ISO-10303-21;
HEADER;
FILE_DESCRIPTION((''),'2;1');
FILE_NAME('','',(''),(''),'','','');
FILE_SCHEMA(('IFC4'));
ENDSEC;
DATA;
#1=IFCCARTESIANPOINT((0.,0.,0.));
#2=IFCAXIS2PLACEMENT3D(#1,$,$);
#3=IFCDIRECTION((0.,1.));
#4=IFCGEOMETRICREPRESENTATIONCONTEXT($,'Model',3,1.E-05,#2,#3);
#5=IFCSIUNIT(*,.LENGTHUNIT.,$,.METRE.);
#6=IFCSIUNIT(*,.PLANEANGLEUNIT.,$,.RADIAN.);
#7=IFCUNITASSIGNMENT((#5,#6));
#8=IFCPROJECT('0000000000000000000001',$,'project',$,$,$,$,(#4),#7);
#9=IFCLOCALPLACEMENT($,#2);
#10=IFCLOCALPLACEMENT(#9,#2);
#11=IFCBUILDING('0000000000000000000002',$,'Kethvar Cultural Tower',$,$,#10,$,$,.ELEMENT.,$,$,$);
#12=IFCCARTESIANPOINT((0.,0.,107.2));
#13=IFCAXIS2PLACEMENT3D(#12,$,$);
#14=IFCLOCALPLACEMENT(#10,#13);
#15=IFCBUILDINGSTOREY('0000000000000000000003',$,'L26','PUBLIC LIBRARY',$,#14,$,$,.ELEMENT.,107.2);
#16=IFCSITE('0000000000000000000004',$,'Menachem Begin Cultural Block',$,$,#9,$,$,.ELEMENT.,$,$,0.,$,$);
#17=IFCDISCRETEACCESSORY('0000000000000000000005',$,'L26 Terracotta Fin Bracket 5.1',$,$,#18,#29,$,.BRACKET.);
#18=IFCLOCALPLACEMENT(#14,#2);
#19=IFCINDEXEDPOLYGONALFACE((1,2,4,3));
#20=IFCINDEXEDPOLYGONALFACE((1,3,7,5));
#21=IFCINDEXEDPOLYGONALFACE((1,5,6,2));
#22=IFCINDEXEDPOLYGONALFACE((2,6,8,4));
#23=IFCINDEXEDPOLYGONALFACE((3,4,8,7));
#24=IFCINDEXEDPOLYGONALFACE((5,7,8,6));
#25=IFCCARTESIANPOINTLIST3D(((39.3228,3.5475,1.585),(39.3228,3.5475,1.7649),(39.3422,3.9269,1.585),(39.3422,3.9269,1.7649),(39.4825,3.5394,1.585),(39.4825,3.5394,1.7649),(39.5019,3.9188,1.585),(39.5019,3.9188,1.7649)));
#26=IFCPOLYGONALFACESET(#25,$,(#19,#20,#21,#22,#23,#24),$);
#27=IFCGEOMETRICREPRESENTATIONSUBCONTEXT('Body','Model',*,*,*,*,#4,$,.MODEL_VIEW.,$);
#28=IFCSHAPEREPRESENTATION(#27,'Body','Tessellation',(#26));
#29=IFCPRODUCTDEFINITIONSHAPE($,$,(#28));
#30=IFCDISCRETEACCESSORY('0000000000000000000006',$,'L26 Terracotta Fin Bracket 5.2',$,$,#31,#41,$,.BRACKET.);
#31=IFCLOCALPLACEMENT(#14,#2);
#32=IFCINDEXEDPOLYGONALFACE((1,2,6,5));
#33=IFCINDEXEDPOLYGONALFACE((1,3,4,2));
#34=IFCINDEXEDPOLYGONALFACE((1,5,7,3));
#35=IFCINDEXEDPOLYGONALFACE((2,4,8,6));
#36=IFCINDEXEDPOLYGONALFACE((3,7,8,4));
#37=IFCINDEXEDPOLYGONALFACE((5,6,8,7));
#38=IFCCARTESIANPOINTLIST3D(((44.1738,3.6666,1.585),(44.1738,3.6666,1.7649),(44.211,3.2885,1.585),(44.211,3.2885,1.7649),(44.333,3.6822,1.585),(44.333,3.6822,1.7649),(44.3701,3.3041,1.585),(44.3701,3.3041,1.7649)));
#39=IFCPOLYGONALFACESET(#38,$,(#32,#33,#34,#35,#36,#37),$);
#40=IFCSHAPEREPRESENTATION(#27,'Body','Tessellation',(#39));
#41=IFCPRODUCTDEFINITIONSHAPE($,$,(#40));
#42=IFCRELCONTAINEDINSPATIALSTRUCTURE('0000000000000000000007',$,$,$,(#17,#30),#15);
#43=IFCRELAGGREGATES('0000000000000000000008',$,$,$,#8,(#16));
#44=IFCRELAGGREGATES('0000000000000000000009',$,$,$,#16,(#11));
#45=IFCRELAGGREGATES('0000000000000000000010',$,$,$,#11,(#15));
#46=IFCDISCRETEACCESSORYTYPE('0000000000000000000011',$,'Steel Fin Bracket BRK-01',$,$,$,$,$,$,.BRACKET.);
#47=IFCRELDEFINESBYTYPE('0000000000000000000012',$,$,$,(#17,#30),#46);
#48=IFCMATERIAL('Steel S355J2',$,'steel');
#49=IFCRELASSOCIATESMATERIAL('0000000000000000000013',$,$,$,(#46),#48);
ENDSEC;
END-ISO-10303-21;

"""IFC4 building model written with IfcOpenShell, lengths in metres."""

from ifc_helpers import new_model, si_unit, direction, frame, origin, origin_2d, place, context, subcontext, project, spatial, rectangle, extrude, source, transform, mapped, material, type_object, element, save


model = new_model("IFC4")

# Units and contexts
model_context = context("Model", 3, precision=1e-05, world=origin(), true_north=direction((0.0, 1.0)))
body_context = subcontext(model_context, "Body", "Model", "MODEL_VIEW")
ifc_project = project(units=[si_unit("LENGTHUNIT", "METRE"), si_unit("PLANEANGLEUNIT", "RADIAN")], contexts=[model_context])

# Site, building, storey
site_placement = place(None, origin())
site = spatial("IfcSite", under=ifc_project, at=site_placement, Name="Menachem Begin Cultural Block", CompositionType="ELEMENT", RefElevation=0.0)
building_placement = place(site_placement, origin())
building = spatial("IfcBuilding", under=site, at=building_placement, Name="Kethvar Cultural Tower", CompositionType="ELEMENT")
storey_placement = place(building_placement, frame((0.0, 0.0, 107.2)))
storey = spatial("IfcBuildingStorey", under=building, at=storey_placement, Name="L26", Description="PUBLIC LIBRARY", CompositionType="ELEMENT", Elevation=107.2)

# Shared definitions
ifc_material_1 = material(Name="Steel S355J2", Category="steel")

# Discrete accessories
discrete_accessory_type = type_object("IfcDiscreteAccessoryType", Name="Steel Fin Bracket BRK-01", PredefinedType="BRACKET", material=ifc_material_1)
shared_shape_1 = source(origin(), body_context, "Body", "SweptSolid", [
    extrude(rectangle(XDim=0.3799, YDim=0.1599, at=origin_2d()), origin(), (0.0, 0.0, 1.0), 0.1799),
])
for number, where, z_axis, x_axis, name in (
    (1, (39.4124, 3.7332, 1.585), (0.0, 0.0, 1.0), (-0.050942, -0.998702, 0.0), "L26 Terracotta Fin Bracket 5.1"),
    (2, (44.272, 3.4854, 1.585), (0.0, 0.0, 1.0), (0.097757, -0.99521, 0.0), "L26 Terracotta Fin Bracket 5.2"),
):
    element("IfcDiscreteAccessory", number, at=place(storey_placement, frame(where, z_axis=z_axis, x_axis=x_axis)), inside=storey, type_object=discrete_accessory_type, Name=name, PredefinedType="BRACKET", context=body_context, shape_type="MappedRepresentation", body=[
        mapped(shared_shape_1, transform((0.0, 0.0, 0.0), scale=1.0)),
    ])

save(model, "model.ifc")
